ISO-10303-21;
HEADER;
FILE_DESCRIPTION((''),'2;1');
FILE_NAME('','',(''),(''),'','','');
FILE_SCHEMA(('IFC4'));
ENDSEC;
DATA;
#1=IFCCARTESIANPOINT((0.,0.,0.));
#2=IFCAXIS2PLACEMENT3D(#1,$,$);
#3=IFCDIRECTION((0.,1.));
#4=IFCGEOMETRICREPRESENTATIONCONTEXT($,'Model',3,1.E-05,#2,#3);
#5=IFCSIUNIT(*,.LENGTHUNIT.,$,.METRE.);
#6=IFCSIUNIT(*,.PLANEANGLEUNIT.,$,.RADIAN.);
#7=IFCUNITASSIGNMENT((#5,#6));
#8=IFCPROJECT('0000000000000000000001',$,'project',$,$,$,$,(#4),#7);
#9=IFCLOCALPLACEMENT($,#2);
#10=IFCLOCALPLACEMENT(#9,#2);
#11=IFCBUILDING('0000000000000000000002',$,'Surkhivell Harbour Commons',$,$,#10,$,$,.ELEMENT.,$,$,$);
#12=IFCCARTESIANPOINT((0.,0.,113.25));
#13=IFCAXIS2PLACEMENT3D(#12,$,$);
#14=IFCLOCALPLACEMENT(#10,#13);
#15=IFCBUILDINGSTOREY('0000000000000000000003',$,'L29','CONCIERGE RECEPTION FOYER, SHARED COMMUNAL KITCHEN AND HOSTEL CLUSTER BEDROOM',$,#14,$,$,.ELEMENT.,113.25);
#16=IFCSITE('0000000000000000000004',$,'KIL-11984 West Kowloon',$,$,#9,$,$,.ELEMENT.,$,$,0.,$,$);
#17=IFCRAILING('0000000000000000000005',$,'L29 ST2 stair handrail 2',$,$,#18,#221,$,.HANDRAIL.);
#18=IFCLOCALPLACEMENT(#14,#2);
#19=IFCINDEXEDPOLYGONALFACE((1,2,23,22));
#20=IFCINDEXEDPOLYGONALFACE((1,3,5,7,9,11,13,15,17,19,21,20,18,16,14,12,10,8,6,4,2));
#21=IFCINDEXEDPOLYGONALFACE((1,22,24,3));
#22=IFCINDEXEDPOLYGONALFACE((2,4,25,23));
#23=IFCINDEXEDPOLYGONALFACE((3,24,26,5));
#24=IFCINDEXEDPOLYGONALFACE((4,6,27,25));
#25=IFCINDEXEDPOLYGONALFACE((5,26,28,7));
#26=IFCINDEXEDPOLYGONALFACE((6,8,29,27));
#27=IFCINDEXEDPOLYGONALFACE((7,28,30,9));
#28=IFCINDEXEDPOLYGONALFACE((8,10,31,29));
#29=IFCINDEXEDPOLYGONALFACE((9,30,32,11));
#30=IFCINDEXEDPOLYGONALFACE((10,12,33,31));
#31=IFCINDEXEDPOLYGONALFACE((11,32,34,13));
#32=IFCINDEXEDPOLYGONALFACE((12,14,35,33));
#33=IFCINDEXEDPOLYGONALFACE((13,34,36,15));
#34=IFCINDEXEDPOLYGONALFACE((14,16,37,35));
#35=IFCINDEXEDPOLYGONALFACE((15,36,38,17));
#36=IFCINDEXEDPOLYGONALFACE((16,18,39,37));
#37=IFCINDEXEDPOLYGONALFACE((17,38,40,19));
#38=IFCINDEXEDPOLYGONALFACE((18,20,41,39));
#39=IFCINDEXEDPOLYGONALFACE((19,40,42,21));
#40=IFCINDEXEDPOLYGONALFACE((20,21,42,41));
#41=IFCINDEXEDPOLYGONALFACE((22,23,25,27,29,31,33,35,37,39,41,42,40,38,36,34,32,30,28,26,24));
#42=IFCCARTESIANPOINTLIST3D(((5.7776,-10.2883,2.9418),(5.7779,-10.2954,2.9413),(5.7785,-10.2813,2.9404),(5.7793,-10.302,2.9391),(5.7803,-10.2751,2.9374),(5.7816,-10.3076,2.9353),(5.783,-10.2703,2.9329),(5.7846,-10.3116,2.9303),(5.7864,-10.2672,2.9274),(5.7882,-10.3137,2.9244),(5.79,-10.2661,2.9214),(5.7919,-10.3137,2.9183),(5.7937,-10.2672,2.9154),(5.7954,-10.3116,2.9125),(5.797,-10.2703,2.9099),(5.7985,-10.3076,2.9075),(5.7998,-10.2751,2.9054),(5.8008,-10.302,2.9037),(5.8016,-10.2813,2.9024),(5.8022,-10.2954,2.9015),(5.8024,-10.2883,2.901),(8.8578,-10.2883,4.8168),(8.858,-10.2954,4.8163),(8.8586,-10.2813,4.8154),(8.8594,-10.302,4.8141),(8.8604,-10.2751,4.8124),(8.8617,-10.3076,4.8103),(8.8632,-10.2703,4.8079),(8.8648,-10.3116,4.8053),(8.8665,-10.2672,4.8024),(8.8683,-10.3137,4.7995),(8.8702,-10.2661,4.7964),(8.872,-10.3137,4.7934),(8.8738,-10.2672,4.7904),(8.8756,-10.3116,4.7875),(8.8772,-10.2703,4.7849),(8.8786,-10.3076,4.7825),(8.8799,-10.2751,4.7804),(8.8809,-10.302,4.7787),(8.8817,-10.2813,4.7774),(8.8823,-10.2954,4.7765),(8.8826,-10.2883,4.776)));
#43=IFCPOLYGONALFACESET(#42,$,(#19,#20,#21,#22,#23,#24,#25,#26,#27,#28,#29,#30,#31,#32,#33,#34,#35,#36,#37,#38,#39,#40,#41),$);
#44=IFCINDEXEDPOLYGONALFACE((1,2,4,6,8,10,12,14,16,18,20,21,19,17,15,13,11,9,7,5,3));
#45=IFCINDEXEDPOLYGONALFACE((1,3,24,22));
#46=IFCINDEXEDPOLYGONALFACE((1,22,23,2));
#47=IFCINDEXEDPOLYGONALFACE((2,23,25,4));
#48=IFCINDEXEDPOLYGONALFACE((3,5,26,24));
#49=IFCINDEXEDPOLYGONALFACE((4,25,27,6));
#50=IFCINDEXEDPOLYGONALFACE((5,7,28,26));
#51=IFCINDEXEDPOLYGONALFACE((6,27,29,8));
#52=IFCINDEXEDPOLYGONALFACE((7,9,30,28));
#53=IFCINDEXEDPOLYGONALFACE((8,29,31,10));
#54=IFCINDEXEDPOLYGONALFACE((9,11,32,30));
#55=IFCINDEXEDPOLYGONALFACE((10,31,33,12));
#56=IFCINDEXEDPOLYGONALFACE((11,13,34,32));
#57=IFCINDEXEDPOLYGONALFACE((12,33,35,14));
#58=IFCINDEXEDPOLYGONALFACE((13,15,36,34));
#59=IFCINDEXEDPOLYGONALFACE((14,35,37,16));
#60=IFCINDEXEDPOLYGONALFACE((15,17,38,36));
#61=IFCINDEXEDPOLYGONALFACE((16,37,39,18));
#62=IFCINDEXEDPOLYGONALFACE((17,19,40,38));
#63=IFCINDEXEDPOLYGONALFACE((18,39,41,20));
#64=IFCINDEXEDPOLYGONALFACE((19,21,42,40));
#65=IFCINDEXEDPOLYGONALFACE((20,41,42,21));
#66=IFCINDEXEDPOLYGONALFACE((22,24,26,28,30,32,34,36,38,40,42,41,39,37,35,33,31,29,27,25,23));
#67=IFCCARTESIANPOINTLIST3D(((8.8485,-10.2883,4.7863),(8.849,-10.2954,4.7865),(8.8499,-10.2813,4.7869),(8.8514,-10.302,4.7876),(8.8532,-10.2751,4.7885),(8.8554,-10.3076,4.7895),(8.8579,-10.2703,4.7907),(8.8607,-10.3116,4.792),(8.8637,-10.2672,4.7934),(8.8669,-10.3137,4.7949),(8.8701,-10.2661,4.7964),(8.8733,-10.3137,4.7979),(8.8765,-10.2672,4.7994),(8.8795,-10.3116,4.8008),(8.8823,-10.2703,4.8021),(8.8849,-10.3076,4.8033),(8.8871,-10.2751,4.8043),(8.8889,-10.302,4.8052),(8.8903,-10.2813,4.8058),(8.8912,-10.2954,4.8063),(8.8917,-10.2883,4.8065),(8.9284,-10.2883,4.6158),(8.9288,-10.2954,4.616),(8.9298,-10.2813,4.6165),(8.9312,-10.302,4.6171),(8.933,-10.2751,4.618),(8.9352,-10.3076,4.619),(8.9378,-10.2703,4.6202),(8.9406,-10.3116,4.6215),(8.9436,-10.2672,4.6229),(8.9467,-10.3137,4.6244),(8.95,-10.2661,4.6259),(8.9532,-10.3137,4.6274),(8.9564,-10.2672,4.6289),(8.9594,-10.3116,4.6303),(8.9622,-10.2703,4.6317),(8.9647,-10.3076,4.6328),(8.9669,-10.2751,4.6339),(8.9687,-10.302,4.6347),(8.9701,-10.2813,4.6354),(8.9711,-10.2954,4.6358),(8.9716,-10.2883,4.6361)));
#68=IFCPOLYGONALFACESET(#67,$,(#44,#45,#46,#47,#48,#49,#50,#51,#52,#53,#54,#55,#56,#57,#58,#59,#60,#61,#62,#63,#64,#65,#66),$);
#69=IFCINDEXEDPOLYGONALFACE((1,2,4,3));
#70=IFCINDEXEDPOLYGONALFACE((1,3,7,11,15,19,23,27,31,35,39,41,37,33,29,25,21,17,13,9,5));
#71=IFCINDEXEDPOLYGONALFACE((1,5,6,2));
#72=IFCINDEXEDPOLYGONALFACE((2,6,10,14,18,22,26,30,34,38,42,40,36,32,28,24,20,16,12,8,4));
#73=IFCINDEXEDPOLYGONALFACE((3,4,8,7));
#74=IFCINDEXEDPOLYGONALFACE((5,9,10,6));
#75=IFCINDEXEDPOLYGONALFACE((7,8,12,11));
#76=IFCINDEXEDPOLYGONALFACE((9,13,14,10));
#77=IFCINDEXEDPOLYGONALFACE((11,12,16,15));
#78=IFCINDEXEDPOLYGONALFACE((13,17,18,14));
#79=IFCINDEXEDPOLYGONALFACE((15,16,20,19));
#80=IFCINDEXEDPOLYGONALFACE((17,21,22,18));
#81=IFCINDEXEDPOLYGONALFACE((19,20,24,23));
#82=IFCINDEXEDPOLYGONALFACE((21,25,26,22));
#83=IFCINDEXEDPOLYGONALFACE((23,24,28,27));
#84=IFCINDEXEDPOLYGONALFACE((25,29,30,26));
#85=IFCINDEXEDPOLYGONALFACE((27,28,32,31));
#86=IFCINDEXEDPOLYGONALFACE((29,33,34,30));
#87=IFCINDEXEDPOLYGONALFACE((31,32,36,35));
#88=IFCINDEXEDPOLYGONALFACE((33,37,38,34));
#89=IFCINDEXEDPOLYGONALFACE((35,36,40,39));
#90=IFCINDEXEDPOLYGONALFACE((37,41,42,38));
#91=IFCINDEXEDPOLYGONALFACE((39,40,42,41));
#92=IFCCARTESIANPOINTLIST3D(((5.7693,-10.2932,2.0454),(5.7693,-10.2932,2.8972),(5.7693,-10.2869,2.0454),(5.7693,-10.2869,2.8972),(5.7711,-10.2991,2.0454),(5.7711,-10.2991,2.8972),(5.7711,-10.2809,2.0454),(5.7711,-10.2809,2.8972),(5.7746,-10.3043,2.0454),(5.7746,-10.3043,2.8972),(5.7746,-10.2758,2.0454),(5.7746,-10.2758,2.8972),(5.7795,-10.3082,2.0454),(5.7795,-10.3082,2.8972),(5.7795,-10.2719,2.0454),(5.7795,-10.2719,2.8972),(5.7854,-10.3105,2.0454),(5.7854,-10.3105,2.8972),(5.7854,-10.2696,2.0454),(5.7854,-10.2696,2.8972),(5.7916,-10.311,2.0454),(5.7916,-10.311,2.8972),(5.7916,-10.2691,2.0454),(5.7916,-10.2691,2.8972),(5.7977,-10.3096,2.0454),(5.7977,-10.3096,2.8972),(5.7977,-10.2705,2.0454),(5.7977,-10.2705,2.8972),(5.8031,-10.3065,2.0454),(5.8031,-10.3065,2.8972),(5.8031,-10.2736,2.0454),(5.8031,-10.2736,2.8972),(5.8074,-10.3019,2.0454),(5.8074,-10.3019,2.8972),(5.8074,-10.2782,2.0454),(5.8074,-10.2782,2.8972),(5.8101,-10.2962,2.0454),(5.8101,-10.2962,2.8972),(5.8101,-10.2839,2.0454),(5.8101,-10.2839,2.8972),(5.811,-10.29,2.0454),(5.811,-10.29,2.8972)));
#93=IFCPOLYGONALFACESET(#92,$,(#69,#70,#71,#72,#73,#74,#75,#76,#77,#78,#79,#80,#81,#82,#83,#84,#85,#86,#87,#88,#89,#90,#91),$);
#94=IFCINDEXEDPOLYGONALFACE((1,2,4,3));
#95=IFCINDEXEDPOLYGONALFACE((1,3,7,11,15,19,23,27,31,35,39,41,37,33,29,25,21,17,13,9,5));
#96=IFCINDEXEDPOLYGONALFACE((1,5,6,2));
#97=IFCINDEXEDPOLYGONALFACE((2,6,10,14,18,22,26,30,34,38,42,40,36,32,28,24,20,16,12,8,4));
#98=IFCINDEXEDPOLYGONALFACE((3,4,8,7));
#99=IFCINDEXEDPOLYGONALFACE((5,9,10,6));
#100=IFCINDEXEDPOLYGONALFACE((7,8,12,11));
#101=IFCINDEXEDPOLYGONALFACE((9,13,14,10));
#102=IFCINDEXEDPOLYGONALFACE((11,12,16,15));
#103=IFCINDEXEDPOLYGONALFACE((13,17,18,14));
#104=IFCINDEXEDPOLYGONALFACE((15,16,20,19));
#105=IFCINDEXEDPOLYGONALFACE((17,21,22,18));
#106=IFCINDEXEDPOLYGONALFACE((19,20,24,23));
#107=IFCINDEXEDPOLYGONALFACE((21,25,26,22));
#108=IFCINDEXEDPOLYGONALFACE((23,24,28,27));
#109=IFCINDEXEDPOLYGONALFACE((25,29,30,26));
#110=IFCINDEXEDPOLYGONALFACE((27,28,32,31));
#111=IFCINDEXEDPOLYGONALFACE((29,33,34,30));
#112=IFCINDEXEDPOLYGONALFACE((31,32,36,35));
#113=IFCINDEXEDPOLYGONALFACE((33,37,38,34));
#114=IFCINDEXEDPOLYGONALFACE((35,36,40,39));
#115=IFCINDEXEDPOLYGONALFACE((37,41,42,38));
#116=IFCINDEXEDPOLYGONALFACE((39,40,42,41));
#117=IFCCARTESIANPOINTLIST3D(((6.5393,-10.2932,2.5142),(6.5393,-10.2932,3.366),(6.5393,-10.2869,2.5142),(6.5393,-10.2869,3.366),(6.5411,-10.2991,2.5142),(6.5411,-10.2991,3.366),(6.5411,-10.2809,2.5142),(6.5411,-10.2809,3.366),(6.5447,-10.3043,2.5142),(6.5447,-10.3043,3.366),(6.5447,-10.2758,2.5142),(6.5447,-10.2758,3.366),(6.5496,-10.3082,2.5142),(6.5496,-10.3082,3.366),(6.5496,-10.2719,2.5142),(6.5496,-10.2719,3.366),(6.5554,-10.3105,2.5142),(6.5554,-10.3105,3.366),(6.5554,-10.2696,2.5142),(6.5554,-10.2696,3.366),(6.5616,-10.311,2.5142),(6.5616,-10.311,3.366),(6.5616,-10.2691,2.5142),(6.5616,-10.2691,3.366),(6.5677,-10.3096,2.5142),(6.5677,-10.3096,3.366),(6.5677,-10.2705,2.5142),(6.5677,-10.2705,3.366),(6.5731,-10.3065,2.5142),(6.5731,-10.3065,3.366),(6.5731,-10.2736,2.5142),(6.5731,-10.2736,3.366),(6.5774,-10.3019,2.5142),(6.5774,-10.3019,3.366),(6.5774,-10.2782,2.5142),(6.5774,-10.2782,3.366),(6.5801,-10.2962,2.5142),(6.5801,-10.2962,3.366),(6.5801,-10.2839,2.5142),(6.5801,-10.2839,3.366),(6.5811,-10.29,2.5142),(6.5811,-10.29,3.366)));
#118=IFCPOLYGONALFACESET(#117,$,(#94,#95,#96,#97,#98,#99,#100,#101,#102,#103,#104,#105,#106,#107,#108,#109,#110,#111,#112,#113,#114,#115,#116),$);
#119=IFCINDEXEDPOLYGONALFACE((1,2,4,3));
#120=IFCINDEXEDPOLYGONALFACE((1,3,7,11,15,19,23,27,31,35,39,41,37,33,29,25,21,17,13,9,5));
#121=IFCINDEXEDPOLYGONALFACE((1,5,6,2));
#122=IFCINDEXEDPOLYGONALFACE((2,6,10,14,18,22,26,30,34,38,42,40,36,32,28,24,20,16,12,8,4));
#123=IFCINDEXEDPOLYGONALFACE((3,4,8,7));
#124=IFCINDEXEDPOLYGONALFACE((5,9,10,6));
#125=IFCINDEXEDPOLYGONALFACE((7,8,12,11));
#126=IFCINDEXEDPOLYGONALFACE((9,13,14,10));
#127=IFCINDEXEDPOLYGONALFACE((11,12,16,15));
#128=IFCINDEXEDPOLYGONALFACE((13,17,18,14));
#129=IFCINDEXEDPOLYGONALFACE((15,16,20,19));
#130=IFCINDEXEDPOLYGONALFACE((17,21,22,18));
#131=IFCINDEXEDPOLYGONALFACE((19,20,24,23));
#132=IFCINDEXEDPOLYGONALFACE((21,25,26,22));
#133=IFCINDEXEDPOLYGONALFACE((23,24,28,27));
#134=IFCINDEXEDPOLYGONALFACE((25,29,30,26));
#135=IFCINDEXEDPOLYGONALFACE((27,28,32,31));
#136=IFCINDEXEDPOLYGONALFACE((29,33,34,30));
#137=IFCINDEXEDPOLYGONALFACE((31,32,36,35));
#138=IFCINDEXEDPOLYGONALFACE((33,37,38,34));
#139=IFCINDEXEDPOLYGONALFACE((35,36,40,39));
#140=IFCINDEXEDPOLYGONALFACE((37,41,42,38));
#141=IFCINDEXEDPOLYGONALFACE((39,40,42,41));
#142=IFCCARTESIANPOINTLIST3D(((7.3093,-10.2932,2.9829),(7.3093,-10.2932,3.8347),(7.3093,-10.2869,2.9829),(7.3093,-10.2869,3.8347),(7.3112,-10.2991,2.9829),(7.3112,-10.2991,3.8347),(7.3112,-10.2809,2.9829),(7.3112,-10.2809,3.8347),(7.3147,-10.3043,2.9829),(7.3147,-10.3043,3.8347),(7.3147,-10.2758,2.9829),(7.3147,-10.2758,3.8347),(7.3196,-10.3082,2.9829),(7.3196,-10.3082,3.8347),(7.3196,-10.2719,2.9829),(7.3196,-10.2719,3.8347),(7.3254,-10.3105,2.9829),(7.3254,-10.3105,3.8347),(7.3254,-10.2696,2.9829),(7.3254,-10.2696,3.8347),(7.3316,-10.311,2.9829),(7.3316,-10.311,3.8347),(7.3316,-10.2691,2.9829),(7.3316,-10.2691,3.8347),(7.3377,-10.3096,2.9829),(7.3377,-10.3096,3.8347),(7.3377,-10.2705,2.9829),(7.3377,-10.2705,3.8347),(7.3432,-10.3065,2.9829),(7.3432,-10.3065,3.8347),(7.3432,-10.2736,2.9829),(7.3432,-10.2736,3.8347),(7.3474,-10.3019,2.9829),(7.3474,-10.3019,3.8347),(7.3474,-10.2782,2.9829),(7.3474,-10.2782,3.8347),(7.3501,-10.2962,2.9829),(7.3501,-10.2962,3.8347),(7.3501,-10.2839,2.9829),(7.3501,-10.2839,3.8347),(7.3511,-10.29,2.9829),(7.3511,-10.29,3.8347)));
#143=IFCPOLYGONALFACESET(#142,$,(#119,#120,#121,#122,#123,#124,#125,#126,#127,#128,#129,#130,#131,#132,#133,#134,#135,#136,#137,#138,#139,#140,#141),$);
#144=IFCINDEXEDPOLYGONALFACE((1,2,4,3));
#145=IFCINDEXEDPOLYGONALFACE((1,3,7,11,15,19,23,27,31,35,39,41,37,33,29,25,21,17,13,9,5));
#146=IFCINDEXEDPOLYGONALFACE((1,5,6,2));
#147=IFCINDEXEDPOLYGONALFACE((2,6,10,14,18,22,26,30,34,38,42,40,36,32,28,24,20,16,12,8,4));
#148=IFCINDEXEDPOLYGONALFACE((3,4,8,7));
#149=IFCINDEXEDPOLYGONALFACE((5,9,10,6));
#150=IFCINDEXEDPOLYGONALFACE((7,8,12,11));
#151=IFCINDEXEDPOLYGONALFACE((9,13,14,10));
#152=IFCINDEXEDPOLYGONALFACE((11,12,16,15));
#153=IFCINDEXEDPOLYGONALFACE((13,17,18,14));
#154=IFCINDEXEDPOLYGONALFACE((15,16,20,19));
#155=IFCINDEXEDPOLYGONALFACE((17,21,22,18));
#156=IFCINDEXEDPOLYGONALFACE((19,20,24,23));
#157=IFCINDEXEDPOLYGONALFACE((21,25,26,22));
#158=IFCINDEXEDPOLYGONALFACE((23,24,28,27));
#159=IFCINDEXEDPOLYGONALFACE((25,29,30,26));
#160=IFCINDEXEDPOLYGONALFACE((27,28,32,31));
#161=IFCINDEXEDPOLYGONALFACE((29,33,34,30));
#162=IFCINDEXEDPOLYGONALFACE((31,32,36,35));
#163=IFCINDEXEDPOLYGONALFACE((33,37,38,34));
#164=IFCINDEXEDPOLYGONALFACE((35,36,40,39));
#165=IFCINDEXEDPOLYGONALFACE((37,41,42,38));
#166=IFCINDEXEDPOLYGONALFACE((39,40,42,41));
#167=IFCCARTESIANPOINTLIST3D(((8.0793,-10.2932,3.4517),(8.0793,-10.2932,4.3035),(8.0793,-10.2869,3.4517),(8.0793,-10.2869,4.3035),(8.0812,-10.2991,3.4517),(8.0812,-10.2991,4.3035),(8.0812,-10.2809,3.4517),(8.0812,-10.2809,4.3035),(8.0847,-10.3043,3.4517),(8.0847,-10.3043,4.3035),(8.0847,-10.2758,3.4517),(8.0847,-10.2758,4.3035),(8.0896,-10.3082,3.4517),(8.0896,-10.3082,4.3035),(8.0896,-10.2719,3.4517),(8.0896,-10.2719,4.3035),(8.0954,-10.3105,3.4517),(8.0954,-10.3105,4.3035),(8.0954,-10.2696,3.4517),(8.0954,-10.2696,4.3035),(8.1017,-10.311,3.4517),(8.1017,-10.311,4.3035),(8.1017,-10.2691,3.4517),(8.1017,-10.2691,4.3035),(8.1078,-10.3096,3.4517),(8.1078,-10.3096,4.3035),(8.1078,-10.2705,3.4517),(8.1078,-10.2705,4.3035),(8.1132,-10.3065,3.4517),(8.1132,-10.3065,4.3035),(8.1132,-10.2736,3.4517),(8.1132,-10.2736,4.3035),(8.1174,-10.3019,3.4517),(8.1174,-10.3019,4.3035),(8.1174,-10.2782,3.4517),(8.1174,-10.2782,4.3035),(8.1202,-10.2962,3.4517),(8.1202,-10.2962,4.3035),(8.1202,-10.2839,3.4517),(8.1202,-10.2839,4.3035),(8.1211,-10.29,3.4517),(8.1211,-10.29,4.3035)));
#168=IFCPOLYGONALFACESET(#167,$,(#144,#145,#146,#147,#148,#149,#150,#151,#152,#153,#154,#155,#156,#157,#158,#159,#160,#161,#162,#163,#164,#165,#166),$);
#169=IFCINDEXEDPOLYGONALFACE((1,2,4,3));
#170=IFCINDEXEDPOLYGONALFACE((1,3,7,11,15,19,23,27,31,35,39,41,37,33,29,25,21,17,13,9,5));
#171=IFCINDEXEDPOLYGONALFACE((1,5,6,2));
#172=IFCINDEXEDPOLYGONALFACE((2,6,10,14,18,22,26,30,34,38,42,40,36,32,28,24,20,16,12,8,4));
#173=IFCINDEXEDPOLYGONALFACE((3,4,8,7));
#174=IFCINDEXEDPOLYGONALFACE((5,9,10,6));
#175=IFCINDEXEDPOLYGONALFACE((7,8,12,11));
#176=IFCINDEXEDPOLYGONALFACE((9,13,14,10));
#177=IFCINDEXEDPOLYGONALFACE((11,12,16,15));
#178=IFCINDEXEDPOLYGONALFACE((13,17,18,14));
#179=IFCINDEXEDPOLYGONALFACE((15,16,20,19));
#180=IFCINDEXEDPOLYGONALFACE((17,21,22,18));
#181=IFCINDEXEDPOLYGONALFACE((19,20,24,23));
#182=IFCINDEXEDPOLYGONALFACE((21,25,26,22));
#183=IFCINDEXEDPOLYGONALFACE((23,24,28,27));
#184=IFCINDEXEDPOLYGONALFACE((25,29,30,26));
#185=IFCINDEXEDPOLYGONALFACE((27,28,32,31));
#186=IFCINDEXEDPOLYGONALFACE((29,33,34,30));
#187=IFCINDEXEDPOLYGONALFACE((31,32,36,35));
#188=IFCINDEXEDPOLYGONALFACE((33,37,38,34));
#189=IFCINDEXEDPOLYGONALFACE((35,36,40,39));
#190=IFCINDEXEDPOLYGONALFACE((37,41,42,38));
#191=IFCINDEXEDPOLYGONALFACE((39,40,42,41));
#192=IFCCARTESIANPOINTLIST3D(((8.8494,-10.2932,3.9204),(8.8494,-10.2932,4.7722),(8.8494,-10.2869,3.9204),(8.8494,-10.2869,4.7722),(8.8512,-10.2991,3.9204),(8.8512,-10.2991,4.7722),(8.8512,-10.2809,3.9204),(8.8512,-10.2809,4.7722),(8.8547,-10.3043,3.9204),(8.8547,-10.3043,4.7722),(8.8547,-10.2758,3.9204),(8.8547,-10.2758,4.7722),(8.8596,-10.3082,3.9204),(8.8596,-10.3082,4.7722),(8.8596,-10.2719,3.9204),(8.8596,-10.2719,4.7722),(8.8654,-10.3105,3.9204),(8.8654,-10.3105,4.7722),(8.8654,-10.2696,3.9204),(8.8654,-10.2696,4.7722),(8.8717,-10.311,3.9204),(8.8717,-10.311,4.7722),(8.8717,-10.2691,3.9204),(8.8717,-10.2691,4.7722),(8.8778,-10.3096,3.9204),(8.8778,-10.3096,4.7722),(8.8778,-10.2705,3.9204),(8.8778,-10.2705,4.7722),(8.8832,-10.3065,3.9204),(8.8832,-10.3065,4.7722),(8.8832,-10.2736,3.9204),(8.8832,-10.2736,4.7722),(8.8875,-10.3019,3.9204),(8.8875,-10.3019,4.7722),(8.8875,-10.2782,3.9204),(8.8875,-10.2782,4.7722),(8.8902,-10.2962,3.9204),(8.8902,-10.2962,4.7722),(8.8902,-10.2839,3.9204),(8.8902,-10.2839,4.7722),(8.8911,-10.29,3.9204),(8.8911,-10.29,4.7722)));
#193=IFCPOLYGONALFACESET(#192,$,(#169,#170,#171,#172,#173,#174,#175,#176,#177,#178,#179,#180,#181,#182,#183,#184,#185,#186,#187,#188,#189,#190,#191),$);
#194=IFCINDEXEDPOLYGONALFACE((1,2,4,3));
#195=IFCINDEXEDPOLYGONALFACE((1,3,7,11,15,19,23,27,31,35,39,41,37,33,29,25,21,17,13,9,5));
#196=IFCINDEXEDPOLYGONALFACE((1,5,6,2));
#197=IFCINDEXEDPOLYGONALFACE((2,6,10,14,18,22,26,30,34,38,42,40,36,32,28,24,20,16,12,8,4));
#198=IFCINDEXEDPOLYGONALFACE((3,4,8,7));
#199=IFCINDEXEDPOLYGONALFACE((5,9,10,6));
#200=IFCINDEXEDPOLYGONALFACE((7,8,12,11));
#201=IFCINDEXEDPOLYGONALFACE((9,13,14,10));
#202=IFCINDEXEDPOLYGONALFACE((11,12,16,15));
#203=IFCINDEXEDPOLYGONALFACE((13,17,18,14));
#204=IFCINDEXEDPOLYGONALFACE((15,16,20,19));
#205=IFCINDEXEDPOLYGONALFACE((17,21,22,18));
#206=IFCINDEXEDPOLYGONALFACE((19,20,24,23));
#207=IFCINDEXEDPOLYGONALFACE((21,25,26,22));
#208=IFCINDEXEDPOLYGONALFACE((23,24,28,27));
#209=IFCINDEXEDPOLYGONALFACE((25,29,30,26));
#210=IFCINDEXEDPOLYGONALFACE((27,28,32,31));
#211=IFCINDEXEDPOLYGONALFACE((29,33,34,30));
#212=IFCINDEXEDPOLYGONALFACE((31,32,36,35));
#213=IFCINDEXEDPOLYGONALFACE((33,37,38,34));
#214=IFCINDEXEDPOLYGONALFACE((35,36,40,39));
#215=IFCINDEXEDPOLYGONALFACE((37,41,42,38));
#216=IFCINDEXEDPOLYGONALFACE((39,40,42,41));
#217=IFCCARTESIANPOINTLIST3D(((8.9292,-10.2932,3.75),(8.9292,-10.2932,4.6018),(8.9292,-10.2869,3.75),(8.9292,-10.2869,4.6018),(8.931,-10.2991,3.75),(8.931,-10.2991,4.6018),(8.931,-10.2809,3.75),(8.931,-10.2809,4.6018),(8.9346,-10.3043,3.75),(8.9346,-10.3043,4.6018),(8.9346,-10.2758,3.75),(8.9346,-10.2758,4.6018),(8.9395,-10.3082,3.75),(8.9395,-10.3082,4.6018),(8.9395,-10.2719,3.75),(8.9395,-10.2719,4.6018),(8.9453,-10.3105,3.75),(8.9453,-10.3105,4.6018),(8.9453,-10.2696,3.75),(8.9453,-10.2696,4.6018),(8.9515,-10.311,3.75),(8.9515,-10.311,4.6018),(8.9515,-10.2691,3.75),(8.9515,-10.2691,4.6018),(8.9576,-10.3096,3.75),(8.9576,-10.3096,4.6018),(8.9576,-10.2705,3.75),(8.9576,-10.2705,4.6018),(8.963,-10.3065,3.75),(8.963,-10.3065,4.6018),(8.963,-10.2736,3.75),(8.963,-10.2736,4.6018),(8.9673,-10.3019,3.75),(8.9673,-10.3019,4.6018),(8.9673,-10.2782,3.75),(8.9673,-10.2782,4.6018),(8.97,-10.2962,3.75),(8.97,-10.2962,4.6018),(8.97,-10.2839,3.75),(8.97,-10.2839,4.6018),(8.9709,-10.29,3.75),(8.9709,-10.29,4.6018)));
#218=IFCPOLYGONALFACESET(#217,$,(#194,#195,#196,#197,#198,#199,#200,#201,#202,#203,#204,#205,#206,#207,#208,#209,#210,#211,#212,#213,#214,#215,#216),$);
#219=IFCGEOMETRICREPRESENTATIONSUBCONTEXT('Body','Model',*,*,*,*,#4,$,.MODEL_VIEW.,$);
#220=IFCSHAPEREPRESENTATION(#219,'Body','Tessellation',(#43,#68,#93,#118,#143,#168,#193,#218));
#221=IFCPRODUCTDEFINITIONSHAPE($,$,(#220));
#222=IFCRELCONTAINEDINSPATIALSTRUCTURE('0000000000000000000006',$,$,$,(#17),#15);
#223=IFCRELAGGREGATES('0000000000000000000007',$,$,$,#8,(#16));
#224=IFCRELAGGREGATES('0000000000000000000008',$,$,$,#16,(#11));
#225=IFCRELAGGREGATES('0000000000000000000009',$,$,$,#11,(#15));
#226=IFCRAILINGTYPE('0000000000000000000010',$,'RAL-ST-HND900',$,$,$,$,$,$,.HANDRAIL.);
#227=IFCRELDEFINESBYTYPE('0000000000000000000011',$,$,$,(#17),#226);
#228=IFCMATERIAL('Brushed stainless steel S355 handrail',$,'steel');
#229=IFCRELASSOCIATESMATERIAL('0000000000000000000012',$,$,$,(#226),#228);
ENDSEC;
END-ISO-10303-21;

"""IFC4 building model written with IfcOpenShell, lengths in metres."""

from ifc_helpers import new_model, si_unit, direction, frame, origin, origin_2d, place, context, subcontext, project, spatial, circle, extrude, material, type_object, element, save


model = new_model("IFC4")

# Units and contexts
model_context = context("Model", 3, precision=1e-05, world=origin(), true_north=direction((0.0, 1.0)))
body_context = subcontext(model_context, "Body", "Model", "MODEL_VIEW")
ifc_project = project(units=[si_unit("LENGTHUNIT", "METRE"), si_unit("PLANEANGLEUNIT", "RADIAN")], contexts=[model_context])

# Site, building, storey
site_placement = place(None, origin())
site = spatial("IfcSite", under=ifc_project, at=site_placement, Name="KIL-11984 West Kowloon", CompositionType="ELEMENT", RefElevation=0.0)
building_placement = place(site_placement, origin())
building = spatial("IfcBuilding", under=site, at=building_placement, Name="Surkhivell Harbour Commons", CompositionType="ELEMENT")
storey_placement = place(building_placement, frame((0.0, 0.0, 113.25)))
storey = spatial("IfcBuildingStorey", under=building, at=storey_placement, Name="L29", Description="CONCIERGE RECEPTION FOYER, SHARED COMMUNAL KITCHEN AND HOSTEL CLUSTER BEDROOM", CompositionType="ELEMENT", Elevation=113.25)

# Railing
ifc_material_1 = material(Name="Brushed stainless steel S355 handrail", Category="steel")
railing_type_1 = type_object("IfcRailingType", Name="RAL-ST-HND900", PredefinedType="HANDRAIL", material=ifc_material_1)
railing_1_placement = place(storey_placement, frame((5.79, -10.29, 2.0454)))
element("IfcRailing", 1, at=railing_1_placement, inside=storey, type_object=railing_type_1, Name="L29 ST2 stair handrail 2", PredefinedType="HANDRAIL", context=body_context, shape_type="SweptSolid", body=[
    extrude(circle(Radius=0.0239, at=origin_2d()), frame((0.0, 0.0, 0.876), z_axis=(0.854178, 0.0, 0.519981), x_axis=(0.0, 1.0, 0.0)), (0.0, 0.0, 1.0), 3.606),
    extrude(circle(Radius=0.0239, at=origin_2d()), frame((3.0801, 0.0, 2.751), z_axis=(0.424234, 0.0, -0.905552), x_axis=(0.0, 1.0, 0.0)), (0.0, 0.0, 1.0), 0.1882),
    extrude(circle(Radius=0.021, at=origin_2d()), origin(), (0.0, 0.0, 1.0), 0.8518),
    extrude(circle(Radius=0.021, at=origin_2d()), frame((0.77, 0.0, 0.4688)), (0.0, 0.0, 1.0), 0.8518),
    extrude(circle(Radius=0.021, at=origin_2d()), frame((1.54, 0.0, 0.9375)), (0.0, 0.0, 1.0), 0.8518),
    extrude(circle(Radius=0.021, at=origin_2d()), frame((2.3101, 0.0, 1.4062)), (0.0, 0.0, 1.0), 0.8518),
    extrude(circle(Radius=0.021, at=origin_2d()), frame((3.0801, 0.0, 1.875)), (0.0, 0.0, 1.0), 0.8518),
    extrude(circle(Radius=0.021, at=origin_2d()), frame((3.1599, 0.0, 1.7046)), (0.0, 0.0, 1.0), 0.8518),
])

save(model, "model.ifc")
